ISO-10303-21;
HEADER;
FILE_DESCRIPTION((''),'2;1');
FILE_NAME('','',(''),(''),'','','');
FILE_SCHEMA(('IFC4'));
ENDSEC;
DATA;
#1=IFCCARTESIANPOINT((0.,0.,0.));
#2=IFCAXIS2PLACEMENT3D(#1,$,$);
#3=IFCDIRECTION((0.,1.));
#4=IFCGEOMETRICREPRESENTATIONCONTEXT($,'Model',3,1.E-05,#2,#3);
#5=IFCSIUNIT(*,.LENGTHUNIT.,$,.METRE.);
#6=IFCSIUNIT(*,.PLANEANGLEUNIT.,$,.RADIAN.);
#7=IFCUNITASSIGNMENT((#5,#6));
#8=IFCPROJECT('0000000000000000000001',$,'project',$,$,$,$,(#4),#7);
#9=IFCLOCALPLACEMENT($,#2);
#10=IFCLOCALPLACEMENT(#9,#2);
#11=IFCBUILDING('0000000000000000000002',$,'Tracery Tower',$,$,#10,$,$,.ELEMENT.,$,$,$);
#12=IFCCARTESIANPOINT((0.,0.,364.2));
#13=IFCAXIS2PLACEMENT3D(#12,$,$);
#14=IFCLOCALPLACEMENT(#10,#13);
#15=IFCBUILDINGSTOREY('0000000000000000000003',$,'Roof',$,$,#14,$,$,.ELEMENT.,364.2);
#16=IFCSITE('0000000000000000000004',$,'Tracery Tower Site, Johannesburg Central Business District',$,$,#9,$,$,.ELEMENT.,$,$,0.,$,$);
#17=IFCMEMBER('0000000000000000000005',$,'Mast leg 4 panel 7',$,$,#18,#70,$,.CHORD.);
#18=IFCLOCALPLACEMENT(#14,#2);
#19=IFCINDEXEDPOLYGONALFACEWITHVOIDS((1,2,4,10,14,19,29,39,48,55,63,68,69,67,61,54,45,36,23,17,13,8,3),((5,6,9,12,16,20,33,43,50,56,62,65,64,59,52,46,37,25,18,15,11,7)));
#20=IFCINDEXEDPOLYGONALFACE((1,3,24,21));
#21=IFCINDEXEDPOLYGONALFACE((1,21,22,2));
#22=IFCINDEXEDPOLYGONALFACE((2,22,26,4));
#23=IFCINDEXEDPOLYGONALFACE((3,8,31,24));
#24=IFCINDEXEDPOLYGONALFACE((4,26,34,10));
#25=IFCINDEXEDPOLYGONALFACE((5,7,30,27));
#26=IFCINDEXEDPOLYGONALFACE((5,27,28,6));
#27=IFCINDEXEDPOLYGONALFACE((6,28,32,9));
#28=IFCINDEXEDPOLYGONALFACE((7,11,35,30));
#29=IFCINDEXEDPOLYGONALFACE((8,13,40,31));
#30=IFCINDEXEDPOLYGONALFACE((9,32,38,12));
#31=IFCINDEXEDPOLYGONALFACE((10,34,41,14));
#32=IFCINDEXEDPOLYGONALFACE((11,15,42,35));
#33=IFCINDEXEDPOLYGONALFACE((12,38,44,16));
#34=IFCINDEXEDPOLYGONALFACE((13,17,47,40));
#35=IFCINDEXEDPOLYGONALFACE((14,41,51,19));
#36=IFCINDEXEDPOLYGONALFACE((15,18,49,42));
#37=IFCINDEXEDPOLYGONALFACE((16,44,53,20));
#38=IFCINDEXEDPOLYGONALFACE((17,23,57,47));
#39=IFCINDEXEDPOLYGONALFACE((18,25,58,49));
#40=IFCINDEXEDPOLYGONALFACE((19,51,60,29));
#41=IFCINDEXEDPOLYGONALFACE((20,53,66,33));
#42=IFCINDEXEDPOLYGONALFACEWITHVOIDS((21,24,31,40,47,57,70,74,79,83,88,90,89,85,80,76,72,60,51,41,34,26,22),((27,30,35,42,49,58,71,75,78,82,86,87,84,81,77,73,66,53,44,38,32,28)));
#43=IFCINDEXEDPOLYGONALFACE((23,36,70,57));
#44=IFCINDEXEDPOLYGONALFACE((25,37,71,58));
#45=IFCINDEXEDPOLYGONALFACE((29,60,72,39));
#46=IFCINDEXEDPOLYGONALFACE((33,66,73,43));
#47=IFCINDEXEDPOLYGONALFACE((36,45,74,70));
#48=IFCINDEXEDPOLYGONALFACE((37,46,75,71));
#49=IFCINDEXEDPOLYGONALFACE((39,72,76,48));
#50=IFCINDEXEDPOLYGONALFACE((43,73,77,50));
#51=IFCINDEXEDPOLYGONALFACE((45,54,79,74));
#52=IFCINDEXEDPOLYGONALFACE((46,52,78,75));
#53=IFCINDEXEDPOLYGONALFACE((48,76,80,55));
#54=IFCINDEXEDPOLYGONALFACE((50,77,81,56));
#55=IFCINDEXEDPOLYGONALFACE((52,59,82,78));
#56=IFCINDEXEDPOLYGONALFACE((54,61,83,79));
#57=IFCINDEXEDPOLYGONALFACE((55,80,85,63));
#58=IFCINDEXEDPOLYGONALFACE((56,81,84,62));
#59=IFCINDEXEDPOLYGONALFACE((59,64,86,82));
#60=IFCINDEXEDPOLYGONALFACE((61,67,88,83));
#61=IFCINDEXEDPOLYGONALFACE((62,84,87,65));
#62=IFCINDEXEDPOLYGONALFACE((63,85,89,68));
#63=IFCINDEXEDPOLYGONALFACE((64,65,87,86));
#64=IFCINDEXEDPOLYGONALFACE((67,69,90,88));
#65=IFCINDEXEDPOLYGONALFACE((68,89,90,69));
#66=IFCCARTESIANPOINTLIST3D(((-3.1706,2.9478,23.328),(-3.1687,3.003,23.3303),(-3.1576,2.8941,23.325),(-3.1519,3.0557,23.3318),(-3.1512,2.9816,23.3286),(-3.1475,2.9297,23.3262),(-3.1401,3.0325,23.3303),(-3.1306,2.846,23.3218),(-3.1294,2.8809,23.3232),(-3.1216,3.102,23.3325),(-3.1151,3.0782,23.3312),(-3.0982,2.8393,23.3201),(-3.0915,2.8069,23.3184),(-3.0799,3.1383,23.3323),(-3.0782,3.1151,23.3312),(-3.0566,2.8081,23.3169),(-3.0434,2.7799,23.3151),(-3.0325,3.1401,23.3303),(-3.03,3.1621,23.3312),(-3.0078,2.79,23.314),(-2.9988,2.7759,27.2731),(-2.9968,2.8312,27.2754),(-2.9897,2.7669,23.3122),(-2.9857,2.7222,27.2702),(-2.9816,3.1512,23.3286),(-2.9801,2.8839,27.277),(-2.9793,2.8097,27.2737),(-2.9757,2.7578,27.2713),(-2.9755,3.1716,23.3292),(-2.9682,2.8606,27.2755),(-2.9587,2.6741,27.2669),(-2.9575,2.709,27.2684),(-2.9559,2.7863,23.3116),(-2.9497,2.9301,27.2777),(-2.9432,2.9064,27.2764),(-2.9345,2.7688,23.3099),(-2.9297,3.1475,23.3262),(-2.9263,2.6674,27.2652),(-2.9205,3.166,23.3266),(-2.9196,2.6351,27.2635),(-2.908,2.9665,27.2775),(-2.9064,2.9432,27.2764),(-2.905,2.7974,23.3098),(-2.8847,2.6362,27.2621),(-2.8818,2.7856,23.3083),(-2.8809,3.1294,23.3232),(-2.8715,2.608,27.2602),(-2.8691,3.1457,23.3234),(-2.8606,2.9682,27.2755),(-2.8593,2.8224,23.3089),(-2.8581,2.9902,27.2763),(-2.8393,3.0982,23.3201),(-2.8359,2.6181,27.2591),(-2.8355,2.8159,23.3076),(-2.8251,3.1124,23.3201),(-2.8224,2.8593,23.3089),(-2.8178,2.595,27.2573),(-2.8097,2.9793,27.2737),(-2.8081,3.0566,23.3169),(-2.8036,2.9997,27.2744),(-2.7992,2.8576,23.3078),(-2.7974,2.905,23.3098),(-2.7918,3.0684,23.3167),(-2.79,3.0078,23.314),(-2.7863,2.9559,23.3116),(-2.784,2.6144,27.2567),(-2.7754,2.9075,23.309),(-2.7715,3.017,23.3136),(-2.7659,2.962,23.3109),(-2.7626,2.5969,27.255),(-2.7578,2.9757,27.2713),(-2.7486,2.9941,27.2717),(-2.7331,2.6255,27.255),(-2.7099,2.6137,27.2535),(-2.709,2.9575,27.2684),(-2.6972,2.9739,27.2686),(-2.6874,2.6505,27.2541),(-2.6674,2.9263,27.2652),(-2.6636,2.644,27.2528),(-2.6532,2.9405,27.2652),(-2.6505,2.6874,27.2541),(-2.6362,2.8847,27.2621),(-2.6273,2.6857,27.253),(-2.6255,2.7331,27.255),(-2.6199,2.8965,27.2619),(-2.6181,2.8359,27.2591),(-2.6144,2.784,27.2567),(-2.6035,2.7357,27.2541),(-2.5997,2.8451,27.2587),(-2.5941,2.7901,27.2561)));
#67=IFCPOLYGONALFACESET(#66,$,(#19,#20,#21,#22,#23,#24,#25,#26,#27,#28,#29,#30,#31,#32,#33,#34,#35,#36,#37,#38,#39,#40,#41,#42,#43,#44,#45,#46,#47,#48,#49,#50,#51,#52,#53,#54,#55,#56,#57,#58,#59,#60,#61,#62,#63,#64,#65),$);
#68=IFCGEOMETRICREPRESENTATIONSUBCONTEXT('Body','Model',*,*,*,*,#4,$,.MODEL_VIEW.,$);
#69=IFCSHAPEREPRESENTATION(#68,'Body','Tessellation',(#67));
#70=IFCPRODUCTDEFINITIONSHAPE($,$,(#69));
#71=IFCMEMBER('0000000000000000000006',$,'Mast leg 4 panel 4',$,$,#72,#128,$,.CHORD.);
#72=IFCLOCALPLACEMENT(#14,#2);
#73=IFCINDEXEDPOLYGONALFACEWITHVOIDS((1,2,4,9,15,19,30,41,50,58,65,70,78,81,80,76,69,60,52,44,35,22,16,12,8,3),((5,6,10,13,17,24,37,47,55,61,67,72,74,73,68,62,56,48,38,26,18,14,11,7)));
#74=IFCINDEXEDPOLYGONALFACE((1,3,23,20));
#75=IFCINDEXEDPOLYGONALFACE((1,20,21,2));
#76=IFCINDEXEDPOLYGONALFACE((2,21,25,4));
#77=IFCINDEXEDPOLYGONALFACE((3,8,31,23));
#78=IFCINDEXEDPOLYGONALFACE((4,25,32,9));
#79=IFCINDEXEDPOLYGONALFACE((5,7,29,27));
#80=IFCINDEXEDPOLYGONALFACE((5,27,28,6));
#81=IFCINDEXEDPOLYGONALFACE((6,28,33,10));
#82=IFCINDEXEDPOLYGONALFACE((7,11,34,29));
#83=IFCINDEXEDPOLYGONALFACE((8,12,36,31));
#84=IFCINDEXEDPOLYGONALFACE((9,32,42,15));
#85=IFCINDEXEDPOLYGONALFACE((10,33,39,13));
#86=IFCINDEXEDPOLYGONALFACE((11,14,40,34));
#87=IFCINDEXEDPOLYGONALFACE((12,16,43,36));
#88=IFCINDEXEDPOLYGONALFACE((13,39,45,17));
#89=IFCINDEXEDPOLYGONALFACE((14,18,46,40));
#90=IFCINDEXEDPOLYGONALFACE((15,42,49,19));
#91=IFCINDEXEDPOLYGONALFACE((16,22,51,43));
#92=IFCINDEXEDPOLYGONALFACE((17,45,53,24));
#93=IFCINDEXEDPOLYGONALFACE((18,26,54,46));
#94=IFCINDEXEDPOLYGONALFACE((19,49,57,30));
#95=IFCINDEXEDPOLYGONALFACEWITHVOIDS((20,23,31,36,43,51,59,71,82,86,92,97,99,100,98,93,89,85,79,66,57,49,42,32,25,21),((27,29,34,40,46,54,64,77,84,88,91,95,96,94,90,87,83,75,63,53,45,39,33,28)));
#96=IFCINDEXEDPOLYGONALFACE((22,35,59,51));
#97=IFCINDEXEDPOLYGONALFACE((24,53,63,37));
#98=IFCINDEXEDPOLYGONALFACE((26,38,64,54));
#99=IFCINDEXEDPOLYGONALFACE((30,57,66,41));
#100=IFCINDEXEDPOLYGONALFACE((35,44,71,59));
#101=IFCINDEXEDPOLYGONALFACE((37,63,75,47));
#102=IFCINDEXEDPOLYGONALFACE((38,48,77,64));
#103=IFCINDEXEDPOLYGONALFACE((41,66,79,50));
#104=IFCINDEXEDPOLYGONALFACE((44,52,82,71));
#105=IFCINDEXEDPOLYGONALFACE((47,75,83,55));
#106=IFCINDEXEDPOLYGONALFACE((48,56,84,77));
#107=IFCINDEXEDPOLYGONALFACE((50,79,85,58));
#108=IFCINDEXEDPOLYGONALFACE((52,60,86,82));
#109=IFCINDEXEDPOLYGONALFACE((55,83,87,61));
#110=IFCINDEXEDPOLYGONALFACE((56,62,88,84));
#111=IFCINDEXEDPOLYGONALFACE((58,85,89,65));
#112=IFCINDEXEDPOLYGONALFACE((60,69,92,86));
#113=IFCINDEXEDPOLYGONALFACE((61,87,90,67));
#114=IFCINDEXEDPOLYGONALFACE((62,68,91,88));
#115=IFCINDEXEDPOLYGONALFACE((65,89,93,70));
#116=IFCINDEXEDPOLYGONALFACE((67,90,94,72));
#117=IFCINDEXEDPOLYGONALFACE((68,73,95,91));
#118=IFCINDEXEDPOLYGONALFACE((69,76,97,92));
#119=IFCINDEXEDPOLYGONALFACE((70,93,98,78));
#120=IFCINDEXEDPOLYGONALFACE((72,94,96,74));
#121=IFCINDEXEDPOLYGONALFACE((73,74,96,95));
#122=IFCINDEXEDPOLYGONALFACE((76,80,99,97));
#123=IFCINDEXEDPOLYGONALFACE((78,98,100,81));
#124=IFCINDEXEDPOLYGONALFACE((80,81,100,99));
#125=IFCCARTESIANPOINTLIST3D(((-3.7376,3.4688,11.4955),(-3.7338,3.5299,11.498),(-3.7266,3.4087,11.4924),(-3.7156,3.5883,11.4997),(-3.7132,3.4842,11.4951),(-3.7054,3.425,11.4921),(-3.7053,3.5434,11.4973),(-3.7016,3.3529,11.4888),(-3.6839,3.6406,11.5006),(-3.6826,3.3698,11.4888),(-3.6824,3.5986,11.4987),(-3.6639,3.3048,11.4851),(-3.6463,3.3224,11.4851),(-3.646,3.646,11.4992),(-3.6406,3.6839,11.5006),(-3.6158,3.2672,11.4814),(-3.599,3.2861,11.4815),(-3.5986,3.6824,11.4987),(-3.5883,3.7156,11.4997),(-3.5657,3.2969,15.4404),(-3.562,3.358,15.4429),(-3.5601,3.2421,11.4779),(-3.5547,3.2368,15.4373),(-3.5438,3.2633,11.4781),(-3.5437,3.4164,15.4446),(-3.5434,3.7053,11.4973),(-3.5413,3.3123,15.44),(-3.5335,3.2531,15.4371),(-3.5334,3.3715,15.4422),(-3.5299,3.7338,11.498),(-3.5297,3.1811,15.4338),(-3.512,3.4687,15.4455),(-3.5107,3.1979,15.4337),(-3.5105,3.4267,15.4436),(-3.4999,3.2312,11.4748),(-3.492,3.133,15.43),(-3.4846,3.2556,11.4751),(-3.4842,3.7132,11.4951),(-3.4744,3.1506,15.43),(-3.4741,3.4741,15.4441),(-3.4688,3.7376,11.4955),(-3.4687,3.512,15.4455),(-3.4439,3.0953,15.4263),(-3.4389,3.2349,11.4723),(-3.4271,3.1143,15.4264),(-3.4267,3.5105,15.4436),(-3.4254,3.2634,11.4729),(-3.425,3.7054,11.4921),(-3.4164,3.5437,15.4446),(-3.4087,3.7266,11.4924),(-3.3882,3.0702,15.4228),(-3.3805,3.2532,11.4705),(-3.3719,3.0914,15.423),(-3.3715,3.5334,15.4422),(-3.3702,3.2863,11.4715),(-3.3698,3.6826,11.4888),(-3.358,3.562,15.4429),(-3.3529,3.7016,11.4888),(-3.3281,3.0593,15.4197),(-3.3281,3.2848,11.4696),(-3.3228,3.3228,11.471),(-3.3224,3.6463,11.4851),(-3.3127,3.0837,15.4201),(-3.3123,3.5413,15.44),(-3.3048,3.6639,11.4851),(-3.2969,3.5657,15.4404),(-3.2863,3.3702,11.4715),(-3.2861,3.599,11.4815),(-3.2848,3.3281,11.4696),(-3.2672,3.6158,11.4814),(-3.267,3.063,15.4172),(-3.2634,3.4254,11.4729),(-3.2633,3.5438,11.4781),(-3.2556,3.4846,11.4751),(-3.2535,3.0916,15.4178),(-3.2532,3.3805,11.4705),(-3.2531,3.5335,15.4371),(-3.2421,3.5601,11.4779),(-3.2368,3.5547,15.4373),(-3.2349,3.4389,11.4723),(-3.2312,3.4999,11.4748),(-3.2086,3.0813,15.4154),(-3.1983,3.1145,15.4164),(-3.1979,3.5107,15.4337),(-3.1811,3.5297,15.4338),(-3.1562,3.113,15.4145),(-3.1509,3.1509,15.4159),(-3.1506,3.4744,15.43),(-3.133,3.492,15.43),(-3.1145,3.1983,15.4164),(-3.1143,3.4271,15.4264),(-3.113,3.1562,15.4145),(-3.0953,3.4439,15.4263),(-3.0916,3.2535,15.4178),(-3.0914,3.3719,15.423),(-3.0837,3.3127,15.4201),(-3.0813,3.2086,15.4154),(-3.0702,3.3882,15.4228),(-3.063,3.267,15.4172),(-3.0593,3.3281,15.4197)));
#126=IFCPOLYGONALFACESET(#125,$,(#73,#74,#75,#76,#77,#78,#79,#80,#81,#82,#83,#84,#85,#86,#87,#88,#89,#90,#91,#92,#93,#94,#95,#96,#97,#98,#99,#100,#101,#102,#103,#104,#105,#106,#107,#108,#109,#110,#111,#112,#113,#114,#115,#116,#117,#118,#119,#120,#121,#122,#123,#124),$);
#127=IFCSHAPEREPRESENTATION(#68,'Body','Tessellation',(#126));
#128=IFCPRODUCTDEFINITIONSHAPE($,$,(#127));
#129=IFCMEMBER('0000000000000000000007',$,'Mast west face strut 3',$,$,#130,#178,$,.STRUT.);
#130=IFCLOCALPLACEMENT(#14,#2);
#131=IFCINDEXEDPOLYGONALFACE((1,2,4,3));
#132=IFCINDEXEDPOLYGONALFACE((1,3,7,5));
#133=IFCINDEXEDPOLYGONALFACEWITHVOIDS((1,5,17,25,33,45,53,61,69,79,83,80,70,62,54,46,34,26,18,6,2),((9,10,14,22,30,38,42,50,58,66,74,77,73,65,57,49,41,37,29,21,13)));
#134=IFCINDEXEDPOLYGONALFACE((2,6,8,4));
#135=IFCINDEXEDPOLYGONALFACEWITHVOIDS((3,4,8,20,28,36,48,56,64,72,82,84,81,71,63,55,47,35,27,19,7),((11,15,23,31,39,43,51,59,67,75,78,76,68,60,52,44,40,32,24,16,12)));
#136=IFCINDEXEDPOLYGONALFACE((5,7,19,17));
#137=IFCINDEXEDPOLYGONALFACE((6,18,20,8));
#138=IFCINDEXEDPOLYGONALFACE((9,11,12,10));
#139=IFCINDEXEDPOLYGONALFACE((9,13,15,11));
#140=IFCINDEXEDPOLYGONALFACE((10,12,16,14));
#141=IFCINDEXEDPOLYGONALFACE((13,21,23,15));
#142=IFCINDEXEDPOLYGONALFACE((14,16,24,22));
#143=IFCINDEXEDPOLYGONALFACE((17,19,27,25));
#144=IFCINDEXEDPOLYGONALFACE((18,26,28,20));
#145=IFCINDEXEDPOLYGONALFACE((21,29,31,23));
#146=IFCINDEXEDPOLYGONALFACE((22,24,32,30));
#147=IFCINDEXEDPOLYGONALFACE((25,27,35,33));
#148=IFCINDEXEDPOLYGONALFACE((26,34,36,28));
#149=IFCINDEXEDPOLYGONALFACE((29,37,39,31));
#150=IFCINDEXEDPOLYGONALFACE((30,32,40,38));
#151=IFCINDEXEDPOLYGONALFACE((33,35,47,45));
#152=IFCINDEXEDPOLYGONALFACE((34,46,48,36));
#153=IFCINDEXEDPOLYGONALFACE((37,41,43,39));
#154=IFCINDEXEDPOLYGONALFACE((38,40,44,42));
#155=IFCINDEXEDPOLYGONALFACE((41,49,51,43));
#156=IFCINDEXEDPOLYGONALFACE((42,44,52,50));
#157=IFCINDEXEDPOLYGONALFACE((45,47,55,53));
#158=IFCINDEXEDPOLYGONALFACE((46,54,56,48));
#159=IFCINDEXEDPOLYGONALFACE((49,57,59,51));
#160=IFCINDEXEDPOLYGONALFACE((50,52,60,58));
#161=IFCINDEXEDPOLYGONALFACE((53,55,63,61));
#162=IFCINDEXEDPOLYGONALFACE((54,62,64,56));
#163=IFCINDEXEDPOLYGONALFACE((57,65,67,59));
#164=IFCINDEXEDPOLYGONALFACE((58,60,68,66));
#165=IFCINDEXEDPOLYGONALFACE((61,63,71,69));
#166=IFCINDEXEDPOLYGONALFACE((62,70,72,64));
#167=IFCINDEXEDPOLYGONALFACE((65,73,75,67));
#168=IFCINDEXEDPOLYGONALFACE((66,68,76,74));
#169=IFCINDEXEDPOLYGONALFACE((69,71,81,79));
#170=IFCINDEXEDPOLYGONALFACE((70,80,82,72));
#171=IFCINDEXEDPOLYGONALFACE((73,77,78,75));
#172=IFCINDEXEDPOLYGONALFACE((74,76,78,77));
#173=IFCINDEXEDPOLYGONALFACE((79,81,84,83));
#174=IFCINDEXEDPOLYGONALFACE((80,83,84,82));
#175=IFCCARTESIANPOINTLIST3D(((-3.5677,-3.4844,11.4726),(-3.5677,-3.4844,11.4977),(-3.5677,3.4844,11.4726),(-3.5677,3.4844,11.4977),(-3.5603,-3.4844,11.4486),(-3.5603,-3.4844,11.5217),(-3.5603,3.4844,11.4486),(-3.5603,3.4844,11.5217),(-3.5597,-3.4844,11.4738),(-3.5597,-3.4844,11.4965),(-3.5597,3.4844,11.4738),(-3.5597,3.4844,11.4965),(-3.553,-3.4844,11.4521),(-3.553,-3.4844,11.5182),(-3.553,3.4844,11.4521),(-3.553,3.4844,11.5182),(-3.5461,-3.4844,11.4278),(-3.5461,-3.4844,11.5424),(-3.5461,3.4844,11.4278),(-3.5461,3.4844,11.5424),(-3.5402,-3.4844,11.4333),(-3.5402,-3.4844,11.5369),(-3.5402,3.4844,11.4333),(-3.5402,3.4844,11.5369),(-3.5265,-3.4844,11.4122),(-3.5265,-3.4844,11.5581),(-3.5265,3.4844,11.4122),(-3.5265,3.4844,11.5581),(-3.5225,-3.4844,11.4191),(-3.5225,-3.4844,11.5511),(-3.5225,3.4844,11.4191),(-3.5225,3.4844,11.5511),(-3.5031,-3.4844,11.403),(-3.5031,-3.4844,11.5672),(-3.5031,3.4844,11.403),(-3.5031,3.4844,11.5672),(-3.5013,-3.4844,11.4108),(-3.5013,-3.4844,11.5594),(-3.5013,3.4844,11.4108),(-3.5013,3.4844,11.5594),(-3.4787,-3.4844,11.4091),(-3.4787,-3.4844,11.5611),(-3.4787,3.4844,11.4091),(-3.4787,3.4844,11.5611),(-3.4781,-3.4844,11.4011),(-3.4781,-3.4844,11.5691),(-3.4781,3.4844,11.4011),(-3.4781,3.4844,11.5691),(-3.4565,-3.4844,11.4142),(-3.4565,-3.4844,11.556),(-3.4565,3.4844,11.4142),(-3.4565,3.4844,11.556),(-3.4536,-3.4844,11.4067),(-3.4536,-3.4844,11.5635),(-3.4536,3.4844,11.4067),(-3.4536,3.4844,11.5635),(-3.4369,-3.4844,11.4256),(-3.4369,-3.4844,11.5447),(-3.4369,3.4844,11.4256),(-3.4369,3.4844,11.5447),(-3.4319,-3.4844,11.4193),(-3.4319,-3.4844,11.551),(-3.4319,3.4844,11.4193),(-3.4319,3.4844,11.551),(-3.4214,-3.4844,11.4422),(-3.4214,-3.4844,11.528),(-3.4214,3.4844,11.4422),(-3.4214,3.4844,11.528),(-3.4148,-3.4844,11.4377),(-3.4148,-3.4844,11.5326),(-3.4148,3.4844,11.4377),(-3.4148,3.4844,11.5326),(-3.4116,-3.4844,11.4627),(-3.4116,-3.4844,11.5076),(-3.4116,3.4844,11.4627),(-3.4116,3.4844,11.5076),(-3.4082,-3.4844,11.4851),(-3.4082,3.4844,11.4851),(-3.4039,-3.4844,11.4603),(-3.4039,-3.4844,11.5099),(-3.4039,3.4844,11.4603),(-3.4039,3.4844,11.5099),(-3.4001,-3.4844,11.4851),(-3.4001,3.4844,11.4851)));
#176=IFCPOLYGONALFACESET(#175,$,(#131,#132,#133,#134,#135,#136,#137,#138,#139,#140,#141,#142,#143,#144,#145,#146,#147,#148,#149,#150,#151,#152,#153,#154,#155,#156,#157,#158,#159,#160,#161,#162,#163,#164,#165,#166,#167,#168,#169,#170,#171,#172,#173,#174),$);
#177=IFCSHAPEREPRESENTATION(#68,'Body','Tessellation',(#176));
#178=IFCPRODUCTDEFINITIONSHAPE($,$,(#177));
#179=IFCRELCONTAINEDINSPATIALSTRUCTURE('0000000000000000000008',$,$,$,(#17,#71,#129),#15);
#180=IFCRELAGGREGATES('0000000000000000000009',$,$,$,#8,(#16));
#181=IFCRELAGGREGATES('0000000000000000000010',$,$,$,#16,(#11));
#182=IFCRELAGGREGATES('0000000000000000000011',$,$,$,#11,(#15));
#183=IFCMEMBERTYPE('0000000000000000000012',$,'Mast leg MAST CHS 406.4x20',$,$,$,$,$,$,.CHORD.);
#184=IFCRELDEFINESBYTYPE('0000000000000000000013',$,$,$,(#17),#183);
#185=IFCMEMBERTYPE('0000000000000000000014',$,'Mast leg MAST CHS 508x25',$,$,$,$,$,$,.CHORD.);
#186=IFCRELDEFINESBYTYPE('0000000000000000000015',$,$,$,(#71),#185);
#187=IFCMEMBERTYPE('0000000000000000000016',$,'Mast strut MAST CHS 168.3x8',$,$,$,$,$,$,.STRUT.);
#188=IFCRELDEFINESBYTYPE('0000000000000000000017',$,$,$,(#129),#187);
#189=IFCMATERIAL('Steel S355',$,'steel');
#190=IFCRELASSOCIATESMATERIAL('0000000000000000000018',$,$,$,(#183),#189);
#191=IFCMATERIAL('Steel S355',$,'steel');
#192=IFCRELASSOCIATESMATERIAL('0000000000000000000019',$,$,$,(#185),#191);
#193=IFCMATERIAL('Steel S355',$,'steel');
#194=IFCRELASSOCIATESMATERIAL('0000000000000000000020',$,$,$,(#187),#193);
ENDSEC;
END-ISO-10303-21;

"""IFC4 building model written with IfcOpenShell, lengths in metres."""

from ifc_helpers import new_model, si_unit, direction, frame, origin, origin_2d, place, context, subcontext, project, spatial, hollow_circle, extrude, material, material_profile, profile_set, type_object, element, save


model = new_model("IFC4")

# Units and contexts
model_context = context("Model", 3, precision=1e-05, world=origin(), true_north=direction((0.0, 1.0)))
body_context = subcontext(model_context, "Body", "Model", "MODEL_VIEW")
ifc_project = project(units=[si_unit("LENGTHUNIT", "METRE"), si_unit("PLANEANGLEUNIT", "RADIAN")], contexts=[model_context])

# Site, building, storey
site_placement = place(None, origin())
site = spatial("IfcSite", under=ifc_project, at=site_placement, Name="Tracery Tower Site, Johannesburg Central Business District", CompositionType="ELEMENT", RefElevation=0.0)
building_placement = place(site_placement, origin())
building = spatial("IfcBuilding", under=site, at=building_placement, Name="Tracery Tower", CompositionType="ELEMENT")
storey_placement = place(building_placement, frame((0.0, 0.0, 364.2)))
storey = spatial("IfcBuildingStorey", under=building, at=storey_placement, Name="Roof", CompositionType="ELEMENT", Elevation=364.2)

# Members
ifc_material_1 = material(Name="Steel S355", Category="steel")
ifc_material_profile_1 = material_profile(ifc_material_1, hollow_circle(Radius=0.2031, WallThickness=0.02, at=origin_2d()), Name="CHS 406.4x20")
ifc_profile_set_1 = profile_set([ifc_material_profile_1], Name="Steel S355")
member_type_1 = type_object("IfcMemberType", Name="Mast leg MAST CHS 406.4x20", PredefinedType="CHORD", material=ifc_profile_set_1)
for number, where, z_axis, x_axis, name in (
    (1, (-2.9688, 2.9688, 23.3201), (0.043485, -0.043485, 0.998107), (0.707107, 0.707107, 0.0), "Mast leg 4 panel 7"),
):
    element("IfcMember", number, at=place(storey_placement, frame(where, z_axis=z_axis, x_axis=x_axis)), inside=storey, type_object=member_type_1, Name=name, PredefinedType="CHORD", context=body_context, shape_type="SweptSolid", body=[
        extrude(hollow_circle(Radius=0.2031, WallThickness=0.02, at=origin_2d()), origin(), (0.0, 0.0, 1.0), 3.9526),
    ])
ifc_material_2 = material(Name="Steel S355", Category="steel")
ifc_material_profile_2 = material_profile(ifc_material_2, hollow_circle(Radius=0.2539, WallThickness=0.0249, at=origin_2d()), Name="CHS 508x25")
ifc_profile_set_2 = profile_set([ifc_material_profile_2], Name="Steel S355")
member_type_2 = type_object("IfcMemberType", Name="Mast leg MAST CHS 508x25", PredefinedType="CHORD", material=ifc_profile_set_2)
member_1_placement = place(storey_placement, frame((-3.4844, 3.4844, 11.4851), z_axis=(0.043487, -0.043487, 0.998107), x_axis=(0.707107, 0.707107, 0.0)))
element("IfcMember", 2, at=member_1_placement, inside=storey, type_object=member_type_2, Name="Mast leg 4 panel 4", PredefinedType="CHORD", context=body_context, shape_type="SweptSolid", body=[
    extrude(hollow_circle(Radius=0.2539, WallThickness=0.0249, at=origin_2d()), origin(), (0.0, 0.0, 1.0), 3.9524),
])
ifc_material_3 = material(Name="Steel S355", Category="steel")
ifc_material_profile_3 = material_profile(ifc_material_3, hollow_circle(Radius=0.0842, WallThickness=0.0081, at=origin_2d()), Name="CHS 168.3x8")
ifc_profile_set_3 = profile_set([ifc_material_profile_3], Name="Steel S355")
member_type_3 = type_object("IfcMemberType", Name="Mast strut MAST CHS 168.3x8", PredefinedType="STRUT", material=ifc_profile_set_3)
member_2_placement = place(storey_placement, frame((-3.4844, 3.4844, 11.4851), z_axis=(0.0, -1.0, 0.0), x_axis=(1.0, 0.0, 0.0)))
element("IfcMember", 3, at=member_2_placement, inside=storey, type_object=member_type_3, Name="Mast west face strut 3", PredefinedType="STRUT", context=body_context, shape_type="SweptSolid", body=[
    extrude(hollow_circle(Radius=0.0842, WallThickness=0.0081, at=origin_2d()), origin(), (0.0, 0.0, 1.0), 6.9688),
])

save(model, "model.ifc")
